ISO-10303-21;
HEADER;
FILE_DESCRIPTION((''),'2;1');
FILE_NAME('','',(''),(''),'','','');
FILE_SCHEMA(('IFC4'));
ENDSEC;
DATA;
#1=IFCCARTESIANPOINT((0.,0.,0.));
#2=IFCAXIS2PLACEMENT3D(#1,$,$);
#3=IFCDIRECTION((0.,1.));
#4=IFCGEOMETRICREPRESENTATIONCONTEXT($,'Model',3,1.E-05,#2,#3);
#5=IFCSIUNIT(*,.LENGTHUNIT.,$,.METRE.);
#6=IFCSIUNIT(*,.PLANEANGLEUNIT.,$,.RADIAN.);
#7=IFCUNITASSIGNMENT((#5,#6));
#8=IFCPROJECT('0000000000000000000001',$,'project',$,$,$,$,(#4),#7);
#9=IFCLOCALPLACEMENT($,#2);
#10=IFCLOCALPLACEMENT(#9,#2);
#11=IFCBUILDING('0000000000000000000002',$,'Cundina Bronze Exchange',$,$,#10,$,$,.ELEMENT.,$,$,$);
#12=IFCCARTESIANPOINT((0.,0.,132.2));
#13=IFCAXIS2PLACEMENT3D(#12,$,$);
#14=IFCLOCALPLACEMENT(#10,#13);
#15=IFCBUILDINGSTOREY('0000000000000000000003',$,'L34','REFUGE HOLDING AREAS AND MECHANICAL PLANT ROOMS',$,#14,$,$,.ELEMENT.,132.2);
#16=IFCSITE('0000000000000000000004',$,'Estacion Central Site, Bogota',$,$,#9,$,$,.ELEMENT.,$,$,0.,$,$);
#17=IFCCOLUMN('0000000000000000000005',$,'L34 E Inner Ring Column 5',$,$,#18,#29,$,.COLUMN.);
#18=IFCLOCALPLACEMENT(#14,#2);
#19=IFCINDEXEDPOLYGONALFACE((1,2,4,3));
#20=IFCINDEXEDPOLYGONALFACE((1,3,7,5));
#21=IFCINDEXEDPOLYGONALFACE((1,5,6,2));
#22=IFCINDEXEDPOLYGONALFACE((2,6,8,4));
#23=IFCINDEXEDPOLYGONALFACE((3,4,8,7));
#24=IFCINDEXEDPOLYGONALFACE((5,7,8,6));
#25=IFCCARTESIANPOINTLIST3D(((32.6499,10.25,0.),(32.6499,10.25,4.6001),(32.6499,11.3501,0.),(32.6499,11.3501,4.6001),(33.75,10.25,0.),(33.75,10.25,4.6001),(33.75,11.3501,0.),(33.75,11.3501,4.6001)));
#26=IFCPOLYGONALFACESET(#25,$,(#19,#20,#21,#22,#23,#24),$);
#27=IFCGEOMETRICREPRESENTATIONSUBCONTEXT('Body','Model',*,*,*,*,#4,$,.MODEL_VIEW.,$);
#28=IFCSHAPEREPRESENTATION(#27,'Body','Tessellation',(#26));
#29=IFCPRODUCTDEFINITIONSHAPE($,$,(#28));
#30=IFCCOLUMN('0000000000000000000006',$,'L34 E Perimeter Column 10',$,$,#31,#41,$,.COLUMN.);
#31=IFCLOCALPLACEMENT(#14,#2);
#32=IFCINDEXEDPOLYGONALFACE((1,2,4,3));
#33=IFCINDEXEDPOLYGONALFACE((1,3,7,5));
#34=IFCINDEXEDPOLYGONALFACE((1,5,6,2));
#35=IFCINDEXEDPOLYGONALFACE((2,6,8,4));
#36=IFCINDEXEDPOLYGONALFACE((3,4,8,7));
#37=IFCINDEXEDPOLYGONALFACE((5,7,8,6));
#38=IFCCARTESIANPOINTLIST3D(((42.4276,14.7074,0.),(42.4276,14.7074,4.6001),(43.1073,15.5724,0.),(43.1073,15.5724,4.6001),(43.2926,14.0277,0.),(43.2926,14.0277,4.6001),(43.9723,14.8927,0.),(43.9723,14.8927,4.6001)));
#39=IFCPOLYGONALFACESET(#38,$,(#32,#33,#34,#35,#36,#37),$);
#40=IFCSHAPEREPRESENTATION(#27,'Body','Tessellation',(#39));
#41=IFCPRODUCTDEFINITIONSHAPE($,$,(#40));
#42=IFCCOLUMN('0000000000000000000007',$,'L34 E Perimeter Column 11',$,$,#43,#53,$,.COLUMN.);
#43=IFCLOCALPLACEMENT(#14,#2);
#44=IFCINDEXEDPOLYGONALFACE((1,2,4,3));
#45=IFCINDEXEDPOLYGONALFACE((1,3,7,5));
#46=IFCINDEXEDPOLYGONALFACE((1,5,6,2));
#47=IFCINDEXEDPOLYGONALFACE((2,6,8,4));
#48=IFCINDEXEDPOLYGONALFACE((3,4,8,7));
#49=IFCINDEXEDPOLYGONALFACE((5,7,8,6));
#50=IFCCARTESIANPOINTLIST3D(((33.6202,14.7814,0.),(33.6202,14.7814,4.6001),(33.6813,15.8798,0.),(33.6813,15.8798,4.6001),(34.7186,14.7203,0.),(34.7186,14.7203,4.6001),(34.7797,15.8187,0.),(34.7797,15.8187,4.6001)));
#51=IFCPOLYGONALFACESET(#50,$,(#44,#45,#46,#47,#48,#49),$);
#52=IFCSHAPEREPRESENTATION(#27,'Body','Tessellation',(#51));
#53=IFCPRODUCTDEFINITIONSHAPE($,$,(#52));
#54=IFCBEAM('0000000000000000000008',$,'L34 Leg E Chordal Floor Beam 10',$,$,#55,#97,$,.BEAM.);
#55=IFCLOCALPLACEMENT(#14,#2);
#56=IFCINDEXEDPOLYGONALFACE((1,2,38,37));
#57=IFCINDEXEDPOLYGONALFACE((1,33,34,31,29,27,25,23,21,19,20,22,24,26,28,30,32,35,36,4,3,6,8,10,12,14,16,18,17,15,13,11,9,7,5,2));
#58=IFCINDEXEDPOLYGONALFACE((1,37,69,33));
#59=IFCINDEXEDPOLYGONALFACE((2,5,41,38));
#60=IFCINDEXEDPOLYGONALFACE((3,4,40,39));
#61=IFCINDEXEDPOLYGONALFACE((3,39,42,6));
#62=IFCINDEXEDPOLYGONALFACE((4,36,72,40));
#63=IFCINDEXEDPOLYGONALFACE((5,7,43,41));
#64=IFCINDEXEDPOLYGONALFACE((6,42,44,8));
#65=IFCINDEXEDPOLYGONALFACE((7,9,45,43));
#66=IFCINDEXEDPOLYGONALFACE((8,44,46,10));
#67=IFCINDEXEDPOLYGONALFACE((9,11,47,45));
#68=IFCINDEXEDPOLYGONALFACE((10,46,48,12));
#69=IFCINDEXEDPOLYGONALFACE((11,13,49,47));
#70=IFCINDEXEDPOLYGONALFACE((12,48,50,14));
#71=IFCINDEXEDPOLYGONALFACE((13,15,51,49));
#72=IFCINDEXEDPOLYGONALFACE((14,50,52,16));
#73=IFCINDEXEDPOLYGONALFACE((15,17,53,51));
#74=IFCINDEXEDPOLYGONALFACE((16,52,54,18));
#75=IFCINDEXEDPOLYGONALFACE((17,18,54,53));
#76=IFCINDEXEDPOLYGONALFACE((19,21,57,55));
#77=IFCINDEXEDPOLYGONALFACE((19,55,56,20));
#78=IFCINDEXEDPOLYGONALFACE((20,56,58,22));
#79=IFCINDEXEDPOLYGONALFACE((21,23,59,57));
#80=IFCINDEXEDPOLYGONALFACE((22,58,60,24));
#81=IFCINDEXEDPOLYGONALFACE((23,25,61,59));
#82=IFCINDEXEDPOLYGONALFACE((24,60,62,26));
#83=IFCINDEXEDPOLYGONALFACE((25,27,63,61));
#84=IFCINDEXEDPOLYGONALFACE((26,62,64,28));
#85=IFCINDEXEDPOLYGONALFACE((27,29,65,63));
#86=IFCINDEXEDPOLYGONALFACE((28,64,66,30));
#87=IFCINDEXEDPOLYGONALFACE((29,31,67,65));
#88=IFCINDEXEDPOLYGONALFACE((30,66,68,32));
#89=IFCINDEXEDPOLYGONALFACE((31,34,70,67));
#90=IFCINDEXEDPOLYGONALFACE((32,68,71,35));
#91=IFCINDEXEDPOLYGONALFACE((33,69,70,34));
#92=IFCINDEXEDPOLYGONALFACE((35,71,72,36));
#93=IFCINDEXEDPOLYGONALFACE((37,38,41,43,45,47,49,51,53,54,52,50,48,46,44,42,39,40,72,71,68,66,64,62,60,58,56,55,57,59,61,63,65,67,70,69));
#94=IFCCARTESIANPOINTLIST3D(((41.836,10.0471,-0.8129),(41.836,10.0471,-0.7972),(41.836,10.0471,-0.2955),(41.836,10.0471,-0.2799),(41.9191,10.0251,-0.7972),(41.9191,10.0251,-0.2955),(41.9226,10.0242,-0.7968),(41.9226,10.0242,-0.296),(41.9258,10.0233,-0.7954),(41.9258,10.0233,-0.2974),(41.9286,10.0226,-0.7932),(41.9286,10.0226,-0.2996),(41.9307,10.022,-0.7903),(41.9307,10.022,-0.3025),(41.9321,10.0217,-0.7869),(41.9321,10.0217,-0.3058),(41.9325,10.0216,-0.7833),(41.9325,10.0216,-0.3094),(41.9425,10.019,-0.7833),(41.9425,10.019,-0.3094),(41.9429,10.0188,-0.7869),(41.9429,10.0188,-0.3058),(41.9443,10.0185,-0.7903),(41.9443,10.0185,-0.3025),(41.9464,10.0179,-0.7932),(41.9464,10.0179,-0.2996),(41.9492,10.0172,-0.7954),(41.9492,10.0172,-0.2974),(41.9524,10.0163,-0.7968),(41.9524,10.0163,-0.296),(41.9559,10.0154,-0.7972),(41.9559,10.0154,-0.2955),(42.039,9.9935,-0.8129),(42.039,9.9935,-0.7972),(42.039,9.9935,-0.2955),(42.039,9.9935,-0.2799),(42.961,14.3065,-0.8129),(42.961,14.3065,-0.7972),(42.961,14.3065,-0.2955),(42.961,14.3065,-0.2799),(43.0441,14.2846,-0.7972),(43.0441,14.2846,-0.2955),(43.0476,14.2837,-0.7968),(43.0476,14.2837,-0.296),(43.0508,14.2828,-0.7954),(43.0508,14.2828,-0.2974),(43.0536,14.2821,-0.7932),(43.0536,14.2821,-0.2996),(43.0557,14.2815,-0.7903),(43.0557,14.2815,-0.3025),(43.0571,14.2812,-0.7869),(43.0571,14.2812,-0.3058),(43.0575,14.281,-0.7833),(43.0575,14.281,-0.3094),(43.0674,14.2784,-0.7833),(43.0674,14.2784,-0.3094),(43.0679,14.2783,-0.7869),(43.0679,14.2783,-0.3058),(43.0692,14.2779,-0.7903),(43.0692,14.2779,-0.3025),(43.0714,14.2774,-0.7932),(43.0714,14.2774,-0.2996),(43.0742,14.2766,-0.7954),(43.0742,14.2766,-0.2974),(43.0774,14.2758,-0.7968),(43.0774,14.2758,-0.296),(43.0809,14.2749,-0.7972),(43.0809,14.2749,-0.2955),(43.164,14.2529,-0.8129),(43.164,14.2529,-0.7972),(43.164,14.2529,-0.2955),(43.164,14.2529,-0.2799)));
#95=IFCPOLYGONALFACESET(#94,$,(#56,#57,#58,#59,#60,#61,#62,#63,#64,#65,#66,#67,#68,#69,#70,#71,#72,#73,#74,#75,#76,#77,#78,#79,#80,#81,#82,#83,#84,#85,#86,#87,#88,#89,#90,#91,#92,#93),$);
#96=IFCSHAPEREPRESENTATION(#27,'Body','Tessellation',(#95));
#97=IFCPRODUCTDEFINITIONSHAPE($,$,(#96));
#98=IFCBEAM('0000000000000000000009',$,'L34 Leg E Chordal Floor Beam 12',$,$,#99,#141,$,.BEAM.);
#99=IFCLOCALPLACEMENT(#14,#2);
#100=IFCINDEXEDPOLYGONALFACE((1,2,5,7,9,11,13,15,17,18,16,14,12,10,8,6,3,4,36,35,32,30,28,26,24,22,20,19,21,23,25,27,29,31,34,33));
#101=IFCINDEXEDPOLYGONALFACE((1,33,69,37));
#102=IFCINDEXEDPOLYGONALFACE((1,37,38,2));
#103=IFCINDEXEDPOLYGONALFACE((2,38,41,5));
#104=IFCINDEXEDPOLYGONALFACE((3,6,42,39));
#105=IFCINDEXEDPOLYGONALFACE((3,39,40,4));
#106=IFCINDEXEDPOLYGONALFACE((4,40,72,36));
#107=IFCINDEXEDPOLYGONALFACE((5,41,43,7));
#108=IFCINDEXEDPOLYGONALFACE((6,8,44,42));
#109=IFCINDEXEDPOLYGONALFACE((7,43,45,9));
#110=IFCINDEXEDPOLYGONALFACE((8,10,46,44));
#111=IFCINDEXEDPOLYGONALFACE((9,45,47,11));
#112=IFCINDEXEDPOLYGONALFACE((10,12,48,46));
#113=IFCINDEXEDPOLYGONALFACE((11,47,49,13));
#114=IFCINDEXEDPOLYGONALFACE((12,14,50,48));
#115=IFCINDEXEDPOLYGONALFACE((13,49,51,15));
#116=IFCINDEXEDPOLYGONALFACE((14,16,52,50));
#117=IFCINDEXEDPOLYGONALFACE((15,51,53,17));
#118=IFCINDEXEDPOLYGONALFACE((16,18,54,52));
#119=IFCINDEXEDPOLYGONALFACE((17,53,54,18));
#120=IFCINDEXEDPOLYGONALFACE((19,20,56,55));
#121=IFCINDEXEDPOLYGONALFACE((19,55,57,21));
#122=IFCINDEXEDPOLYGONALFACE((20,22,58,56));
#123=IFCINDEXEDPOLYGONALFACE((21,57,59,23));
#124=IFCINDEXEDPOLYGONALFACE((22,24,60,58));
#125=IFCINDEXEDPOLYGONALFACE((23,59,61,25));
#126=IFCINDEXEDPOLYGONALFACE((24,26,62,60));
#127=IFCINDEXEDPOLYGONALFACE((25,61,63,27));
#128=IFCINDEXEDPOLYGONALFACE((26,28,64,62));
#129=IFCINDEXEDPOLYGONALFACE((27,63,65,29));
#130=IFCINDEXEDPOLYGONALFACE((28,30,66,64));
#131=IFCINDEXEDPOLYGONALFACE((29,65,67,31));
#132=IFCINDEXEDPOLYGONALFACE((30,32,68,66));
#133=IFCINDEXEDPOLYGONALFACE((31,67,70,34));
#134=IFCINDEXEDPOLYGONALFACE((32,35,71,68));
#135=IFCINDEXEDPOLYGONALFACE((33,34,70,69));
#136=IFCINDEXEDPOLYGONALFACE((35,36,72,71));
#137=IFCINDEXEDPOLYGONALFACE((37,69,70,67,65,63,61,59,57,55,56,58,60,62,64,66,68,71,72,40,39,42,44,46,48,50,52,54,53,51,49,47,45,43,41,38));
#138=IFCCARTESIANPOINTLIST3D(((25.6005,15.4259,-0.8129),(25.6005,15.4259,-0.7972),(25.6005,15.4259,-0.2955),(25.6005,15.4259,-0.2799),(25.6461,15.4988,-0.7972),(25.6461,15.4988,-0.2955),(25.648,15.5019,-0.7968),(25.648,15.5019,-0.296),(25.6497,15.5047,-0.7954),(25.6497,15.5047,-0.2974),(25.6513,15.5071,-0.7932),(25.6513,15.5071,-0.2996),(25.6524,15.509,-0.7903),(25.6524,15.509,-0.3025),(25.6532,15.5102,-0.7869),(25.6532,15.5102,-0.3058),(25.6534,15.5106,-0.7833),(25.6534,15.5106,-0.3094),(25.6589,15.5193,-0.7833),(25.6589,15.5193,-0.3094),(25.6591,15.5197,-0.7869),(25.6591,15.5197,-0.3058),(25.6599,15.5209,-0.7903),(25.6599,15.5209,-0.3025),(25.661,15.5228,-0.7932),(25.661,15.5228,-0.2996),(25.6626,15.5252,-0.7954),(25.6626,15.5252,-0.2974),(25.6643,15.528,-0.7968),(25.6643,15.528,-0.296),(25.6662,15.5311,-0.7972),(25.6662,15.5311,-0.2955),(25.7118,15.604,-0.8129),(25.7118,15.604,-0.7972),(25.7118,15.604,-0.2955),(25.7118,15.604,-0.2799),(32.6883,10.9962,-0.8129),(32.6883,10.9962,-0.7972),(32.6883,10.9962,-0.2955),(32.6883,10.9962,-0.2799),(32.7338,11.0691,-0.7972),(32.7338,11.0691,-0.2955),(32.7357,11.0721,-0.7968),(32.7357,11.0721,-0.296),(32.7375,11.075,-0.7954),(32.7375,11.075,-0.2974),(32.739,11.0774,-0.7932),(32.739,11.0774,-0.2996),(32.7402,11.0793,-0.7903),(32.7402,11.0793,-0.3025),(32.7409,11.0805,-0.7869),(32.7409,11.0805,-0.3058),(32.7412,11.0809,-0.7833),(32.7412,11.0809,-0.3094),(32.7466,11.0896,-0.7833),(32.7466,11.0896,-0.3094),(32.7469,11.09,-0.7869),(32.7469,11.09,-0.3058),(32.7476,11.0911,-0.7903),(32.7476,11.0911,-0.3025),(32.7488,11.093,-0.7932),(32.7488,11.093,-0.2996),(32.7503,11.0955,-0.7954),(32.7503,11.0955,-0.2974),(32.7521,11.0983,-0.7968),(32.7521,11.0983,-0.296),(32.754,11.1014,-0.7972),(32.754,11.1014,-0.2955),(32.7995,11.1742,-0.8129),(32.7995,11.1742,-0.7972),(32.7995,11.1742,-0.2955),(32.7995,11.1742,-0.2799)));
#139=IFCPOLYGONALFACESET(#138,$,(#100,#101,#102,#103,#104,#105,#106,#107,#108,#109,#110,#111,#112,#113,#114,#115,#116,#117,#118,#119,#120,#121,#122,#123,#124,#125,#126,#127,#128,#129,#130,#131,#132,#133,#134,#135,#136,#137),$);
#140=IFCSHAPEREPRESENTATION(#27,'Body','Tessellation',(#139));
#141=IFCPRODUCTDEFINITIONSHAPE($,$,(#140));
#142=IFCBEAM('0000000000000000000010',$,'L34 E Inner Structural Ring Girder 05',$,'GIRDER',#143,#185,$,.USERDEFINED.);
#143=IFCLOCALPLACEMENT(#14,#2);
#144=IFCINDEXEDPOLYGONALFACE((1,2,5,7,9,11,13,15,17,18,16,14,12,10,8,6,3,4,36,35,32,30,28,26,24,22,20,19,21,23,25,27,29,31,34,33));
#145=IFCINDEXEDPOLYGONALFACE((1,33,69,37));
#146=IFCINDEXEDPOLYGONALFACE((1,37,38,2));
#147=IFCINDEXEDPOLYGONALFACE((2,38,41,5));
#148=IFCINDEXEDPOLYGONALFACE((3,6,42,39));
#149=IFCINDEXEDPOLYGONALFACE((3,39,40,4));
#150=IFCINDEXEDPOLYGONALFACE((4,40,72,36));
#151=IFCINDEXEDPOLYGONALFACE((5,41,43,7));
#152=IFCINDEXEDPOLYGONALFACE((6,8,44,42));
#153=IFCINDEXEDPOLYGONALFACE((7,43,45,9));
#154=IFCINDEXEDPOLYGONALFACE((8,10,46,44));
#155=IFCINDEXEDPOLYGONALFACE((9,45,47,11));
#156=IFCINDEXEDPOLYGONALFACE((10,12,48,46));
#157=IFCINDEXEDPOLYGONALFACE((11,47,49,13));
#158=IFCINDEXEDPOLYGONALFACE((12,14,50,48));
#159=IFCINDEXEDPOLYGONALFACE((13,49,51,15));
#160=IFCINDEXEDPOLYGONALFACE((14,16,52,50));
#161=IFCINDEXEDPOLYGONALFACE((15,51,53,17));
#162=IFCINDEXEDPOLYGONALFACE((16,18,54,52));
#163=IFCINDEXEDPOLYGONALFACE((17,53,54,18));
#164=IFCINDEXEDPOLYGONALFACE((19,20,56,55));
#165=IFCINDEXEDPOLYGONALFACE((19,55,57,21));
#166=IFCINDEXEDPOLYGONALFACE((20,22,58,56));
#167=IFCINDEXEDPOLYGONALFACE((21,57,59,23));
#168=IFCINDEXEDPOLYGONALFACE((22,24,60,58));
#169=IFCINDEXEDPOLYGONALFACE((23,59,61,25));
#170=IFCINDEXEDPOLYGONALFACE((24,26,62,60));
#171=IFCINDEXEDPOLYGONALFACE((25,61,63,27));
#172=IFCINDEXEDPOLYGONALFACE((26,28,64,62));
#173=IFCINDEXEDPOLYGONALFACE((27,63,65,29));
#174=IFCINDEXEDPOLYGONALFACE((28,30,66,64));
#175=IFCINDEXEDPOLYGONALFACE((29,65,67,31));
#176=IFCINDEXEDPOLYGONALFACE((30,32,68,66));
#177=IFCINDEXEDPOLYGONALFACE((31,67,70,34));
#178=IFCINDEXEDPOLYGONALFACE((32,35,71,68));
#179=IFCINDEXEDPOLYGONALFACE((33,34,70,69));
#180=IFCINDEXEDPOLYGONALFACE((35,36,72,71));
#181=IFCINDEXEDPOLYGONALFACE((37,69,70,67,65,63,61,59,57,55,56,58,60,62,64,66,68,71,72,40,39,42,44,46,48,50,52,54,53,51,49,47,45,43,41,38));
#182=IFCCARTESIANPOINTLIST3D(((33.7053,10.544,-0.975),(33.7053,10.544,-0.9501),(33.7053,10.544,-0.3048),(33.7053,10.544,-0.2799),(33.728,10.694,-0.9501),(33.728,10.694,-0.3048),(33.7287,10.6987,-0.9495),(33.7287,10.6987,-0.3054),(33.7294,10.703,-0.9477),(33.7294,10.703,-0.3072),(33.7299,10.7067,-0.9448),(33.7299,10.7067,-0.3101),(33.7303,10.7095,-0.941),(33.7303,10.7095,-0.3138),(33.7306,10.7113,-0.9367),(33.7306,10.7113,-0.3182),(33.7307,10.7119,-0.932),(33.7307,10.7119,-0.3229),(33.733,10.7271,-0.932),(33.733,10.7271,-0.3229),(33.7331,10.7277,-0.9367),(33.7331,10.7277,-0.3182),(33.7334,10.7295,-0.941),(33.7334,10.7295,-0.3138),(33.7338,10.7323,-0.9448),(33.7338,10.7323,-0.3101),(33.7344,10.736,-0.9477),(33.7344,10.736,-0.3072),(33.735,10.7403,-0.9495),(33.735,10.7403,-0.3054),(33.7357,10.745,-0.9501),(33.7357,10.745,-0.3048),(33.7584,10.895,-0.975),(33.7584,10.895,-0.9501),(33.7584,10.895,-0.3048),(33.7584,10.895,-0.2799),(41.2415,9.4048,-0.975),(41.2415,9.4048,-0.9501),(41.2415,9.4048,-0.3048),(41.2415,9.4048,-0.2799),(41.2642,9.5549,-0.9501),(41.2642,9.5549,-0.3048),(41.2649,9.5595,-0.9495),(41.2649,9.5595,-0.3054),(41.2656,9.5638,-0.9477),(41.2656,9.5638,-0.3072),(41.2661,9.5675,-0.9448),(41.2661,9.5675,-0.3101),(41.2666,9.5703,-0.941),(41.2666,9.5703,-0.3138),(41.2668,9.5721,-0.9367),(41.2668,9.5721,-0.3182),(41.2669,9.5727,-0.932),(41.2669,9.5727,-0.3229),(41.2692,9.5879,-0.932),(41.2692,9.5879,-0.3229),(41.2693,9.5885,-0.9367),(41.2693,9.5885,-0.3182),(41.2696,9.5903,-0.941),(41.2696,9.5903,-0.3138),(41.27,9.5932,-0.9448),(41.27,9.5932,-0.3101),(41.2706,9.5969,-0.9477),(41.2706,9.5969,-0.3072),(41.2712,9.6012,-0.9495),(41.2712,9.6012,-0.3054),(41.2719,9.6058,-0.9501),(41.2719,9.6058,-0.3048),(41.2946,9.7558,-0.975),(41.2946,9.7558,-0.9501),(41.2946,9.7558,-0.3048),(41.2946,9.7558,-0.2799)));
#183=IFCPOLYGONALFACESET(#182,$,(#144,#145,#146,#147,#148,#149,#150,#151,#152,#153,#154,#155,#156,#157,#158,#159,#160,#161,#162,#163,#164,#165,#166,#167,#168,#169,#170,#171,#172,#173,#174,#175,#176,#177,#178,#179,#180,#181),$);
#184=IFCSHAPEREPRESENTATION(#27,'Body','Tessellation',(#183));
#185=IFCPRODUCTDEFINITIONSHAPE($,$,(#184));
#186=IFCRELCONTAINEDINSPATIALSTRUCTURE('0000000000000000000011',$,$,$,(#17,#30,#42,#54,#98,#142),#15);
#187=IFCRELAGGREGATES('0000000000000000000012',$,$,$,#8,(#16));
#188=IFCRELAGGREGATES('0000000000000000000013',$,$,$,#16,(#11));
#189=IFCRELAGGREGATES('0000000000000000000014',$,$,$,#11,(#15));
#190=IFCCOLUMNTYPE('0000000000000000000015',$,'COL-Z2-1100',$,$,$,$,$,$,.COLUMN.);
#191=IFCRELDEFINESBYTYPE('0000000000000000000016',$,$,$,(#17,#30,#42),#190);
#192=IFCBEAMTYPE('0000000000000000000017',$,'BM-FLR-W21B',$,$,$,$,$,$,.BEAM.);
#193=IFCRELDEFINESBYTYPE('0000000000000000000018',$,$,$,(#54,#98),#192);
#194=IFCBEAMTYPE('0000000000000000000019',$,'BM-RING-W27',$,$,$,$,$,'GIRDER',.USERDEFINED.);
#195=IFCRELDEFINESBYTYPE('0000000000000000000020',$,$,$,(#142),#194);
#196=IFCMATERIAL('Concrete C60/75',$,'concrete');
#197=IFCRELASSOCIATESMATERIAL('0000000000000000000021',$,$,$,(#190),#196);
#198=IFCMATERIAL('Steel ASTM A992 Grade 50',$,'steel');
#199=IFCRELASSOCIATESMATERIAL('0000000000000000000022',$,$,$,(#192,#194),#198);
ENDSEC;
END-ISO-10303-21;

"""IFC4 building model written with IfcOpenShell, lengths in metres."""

from ifc_helpers import new_model, si_unit, direction, frame, origin, origin_2d, place, context, subcontext, project, spatial, rectangle, i_section, extrude, material, material_profile, profile_set, type_object, element, save


model = new_model("IFC4")

# Units and contexts
model_context = context("Model", 3, precision=1e-05, world=origin(), true_north=direction((0.0, 1.0)))
body_context = subcontext(model_context, "Body", "Model", "MODEL_VIEW")
ifc_project = project(units=[si_unit("LENGTHUNIT", "METRE"), si_unit("PLANEANGLEUNIT", "RADIAN")], contexts=[model_context])

# Site, building, storey
site_placement = place(None, origin())
site = spatial("IfcSite", under=ifc_project, at=site_placement, Name="Estacion Central Site, Bogota", CompositionType="ELEMENT", RefElevation=0.0)
building_placement = place(site_placement, origin())
building = spatial("IfcBuilding", under=site, at=building_placement, Name="Cundina Bronze Exchange", CompositionType="ELEMENT")
storey_placement = place(building_placement, frame((0.0, 0.0, 132.2)))
storey = spatial("IfcBuildingStorey", under=building, at=storey_placement, Name="L34", Description="REFUGE HOLDING AREAS AND MECHANICAL PLANT ROOMS", CompositionType="ELEMENT", Elevation=132.2)

# Columns
ifc_material_1 = material(Name="Concrete C60/75", Category="concrete")
ifc_material_profile_1 = material_profile(ifc_material_1, rectangle(XDim=1.1001, YDim=1.1001, at=origin_2d()), Name="RC1100X1100", Category="concrete")
ifc_profile_set_1 = profile_set([ifc_material_profile_1], Name="Concrete C60/75")
column_type = type_object("IfcColumnType", Name="COL-Z2-1100", PredefinedType="COLUMN", material=ifc_profile_set_1)
for number, where, z_axis, x_axis, name in (
    (1, (33.2, 10.8, 0.0), (0.0, 0.0, 1.0), (1.0, 0.0, 0.0), "L34 E Inner Ring Column 5"),
    (2, (43.2, 14.8, 0.0), (0.0, 0.0, 1.0), (-0.786288, 0.61786, 0.0), "L34 E Perimeter Column 10"),
    (3, (34.2, 15.3, 0.0), (0.0, 0.0, 1.0), (-0.99846, 0.055473, 0.0), "L34 E Perimeter Column 11"),
):
    element("IfcColumn", number, at=place(storey_placement, frame(where, z_axis=z_axis, x_axis=x_axis)), inside=storey, type_object=column_type, Name=name, PredefinedType="COLUMN", context=body_context, shape_type="SweptSolid", body=[
        extrude(rectangle(XDim=1.1001, YDim=1.1001, at=origin_2d()), origin(), (0.0, 0.0, 1.0), 4.6001),
    ])

# Beams
ifc_material_2 = material(Name="Steel ASTM A992 Grade 50", Category="steel")
ifc_material_profile_2 = material_profile(ifc_material_2, i_section(OverallWidth=0.21, OverallDepth=0.533, WebThickness=0.0103, FlangeThickness=0.0156, FilletRadius=0.0139, at=origin_2d()), Name="W21X62", Category="steel")
ifc_profile_set_2 = profile_set([ifc_material_profile_2], Name="Steel ASTM A992 Grade 50")
beam_type_1 = type_object("IfcBeamType", Name="BM-FLR-W21B", PredefinedType="BEAM", material=ifc_profile_set_2)
beam_1_placement = place(storey_placement, frame((41.9375, 10.0203, -0.5464), z_axis=(0.255358, 0.966847, 0.0), x_axis=(-0.966847, 0.255358, 0.0)))
element("IfcBeam", 4, at=beam_1_placement, inside=storey, type_object=beam_type_1, Name="L34 Leg E Chordal Floor Beam 10", PredefinedType="BEAM", context=body_context, shape_type="SweptSolid", body=[
    extrude(i_section(OverallWidth=0.21, OverallDepth=0.533, WebThickness=0.0103, FlangeThickness=0.0156, FilletRadius=0.0139, at=origin_2d()), origin(), (0.0, 0.0, 1.0), 4.4055),
])
beam_2_placement = place(storey_placement, frame((32.7439, 11.0852, -0.5464), z_axis=(-0.848003, 0.529991, 0.0), x_axis=(-0.529991, -0.848003, 0.0)))
element("IfcBeam", 5, at=beam_2_placement, inside=storey, type_object=beam_type_1, Name="L34 Leg E Chordal Floor Beam 12", PredefinedType="BEAM", context=body_context, shape_type="SweptSolid", body=[
    extrude(i_section(OverallWidth=0.21, OverallDepth=0.533, WebThickness=0.0103, FlangeThickness=0.0156, FilletRadius=0.0139, at=origin_2d()), origin(), (0.0, 0.0, 1.0), 8.3582),
])
ifc_material_profile_3 = material_profile(ifc_material_2, i_section(OverallWidth=0.355, OverallDepth=0.6951, WebThickness=0.0154, FlangeThickness=0.0249, FilletRadius=0.0181, at=origin_2d()), Name="W27X146", Category="steel")
ifc_profile_set_3 = profile_set([ifc_material_profile_3], Name="Steel ASTM A992 Grade 50")
beam_type_2 = type_object("IfcBeamType", Name="BM-RING-W27", ElementType="GIRDER", PredefinedType="USERDEFINED", material=ifc_profile_set_3)
beam_3_placement = place(storey_placement, frame((41.2681, 9.5803, -0.6274), z_axis=(-0.988767, 0.149462, 0.0), x_axis=(-0.149462, -0.988767, 0.0)))
element("IfcBeam", 6, at=beam_3_placement, inside=storey, type_object=beam_type_2, Name="L34 E Inner Structural Ring Girder 05", ObjectType="GIRDER", PredefinedType="USERDEFINED", context=body_context, shape_type="SweptSolid", body=[
    extrude(i_section(OverallWidth=0.355, OverallDepth=0.6951, WebThickness=0.0154, FlangeThickness=0.0249, FilletRadius=0.0181, at=origin_2d()), origin(), (0.0, 0.0, 1.0), 7.6218),
])

save(model, "model.ifc")
